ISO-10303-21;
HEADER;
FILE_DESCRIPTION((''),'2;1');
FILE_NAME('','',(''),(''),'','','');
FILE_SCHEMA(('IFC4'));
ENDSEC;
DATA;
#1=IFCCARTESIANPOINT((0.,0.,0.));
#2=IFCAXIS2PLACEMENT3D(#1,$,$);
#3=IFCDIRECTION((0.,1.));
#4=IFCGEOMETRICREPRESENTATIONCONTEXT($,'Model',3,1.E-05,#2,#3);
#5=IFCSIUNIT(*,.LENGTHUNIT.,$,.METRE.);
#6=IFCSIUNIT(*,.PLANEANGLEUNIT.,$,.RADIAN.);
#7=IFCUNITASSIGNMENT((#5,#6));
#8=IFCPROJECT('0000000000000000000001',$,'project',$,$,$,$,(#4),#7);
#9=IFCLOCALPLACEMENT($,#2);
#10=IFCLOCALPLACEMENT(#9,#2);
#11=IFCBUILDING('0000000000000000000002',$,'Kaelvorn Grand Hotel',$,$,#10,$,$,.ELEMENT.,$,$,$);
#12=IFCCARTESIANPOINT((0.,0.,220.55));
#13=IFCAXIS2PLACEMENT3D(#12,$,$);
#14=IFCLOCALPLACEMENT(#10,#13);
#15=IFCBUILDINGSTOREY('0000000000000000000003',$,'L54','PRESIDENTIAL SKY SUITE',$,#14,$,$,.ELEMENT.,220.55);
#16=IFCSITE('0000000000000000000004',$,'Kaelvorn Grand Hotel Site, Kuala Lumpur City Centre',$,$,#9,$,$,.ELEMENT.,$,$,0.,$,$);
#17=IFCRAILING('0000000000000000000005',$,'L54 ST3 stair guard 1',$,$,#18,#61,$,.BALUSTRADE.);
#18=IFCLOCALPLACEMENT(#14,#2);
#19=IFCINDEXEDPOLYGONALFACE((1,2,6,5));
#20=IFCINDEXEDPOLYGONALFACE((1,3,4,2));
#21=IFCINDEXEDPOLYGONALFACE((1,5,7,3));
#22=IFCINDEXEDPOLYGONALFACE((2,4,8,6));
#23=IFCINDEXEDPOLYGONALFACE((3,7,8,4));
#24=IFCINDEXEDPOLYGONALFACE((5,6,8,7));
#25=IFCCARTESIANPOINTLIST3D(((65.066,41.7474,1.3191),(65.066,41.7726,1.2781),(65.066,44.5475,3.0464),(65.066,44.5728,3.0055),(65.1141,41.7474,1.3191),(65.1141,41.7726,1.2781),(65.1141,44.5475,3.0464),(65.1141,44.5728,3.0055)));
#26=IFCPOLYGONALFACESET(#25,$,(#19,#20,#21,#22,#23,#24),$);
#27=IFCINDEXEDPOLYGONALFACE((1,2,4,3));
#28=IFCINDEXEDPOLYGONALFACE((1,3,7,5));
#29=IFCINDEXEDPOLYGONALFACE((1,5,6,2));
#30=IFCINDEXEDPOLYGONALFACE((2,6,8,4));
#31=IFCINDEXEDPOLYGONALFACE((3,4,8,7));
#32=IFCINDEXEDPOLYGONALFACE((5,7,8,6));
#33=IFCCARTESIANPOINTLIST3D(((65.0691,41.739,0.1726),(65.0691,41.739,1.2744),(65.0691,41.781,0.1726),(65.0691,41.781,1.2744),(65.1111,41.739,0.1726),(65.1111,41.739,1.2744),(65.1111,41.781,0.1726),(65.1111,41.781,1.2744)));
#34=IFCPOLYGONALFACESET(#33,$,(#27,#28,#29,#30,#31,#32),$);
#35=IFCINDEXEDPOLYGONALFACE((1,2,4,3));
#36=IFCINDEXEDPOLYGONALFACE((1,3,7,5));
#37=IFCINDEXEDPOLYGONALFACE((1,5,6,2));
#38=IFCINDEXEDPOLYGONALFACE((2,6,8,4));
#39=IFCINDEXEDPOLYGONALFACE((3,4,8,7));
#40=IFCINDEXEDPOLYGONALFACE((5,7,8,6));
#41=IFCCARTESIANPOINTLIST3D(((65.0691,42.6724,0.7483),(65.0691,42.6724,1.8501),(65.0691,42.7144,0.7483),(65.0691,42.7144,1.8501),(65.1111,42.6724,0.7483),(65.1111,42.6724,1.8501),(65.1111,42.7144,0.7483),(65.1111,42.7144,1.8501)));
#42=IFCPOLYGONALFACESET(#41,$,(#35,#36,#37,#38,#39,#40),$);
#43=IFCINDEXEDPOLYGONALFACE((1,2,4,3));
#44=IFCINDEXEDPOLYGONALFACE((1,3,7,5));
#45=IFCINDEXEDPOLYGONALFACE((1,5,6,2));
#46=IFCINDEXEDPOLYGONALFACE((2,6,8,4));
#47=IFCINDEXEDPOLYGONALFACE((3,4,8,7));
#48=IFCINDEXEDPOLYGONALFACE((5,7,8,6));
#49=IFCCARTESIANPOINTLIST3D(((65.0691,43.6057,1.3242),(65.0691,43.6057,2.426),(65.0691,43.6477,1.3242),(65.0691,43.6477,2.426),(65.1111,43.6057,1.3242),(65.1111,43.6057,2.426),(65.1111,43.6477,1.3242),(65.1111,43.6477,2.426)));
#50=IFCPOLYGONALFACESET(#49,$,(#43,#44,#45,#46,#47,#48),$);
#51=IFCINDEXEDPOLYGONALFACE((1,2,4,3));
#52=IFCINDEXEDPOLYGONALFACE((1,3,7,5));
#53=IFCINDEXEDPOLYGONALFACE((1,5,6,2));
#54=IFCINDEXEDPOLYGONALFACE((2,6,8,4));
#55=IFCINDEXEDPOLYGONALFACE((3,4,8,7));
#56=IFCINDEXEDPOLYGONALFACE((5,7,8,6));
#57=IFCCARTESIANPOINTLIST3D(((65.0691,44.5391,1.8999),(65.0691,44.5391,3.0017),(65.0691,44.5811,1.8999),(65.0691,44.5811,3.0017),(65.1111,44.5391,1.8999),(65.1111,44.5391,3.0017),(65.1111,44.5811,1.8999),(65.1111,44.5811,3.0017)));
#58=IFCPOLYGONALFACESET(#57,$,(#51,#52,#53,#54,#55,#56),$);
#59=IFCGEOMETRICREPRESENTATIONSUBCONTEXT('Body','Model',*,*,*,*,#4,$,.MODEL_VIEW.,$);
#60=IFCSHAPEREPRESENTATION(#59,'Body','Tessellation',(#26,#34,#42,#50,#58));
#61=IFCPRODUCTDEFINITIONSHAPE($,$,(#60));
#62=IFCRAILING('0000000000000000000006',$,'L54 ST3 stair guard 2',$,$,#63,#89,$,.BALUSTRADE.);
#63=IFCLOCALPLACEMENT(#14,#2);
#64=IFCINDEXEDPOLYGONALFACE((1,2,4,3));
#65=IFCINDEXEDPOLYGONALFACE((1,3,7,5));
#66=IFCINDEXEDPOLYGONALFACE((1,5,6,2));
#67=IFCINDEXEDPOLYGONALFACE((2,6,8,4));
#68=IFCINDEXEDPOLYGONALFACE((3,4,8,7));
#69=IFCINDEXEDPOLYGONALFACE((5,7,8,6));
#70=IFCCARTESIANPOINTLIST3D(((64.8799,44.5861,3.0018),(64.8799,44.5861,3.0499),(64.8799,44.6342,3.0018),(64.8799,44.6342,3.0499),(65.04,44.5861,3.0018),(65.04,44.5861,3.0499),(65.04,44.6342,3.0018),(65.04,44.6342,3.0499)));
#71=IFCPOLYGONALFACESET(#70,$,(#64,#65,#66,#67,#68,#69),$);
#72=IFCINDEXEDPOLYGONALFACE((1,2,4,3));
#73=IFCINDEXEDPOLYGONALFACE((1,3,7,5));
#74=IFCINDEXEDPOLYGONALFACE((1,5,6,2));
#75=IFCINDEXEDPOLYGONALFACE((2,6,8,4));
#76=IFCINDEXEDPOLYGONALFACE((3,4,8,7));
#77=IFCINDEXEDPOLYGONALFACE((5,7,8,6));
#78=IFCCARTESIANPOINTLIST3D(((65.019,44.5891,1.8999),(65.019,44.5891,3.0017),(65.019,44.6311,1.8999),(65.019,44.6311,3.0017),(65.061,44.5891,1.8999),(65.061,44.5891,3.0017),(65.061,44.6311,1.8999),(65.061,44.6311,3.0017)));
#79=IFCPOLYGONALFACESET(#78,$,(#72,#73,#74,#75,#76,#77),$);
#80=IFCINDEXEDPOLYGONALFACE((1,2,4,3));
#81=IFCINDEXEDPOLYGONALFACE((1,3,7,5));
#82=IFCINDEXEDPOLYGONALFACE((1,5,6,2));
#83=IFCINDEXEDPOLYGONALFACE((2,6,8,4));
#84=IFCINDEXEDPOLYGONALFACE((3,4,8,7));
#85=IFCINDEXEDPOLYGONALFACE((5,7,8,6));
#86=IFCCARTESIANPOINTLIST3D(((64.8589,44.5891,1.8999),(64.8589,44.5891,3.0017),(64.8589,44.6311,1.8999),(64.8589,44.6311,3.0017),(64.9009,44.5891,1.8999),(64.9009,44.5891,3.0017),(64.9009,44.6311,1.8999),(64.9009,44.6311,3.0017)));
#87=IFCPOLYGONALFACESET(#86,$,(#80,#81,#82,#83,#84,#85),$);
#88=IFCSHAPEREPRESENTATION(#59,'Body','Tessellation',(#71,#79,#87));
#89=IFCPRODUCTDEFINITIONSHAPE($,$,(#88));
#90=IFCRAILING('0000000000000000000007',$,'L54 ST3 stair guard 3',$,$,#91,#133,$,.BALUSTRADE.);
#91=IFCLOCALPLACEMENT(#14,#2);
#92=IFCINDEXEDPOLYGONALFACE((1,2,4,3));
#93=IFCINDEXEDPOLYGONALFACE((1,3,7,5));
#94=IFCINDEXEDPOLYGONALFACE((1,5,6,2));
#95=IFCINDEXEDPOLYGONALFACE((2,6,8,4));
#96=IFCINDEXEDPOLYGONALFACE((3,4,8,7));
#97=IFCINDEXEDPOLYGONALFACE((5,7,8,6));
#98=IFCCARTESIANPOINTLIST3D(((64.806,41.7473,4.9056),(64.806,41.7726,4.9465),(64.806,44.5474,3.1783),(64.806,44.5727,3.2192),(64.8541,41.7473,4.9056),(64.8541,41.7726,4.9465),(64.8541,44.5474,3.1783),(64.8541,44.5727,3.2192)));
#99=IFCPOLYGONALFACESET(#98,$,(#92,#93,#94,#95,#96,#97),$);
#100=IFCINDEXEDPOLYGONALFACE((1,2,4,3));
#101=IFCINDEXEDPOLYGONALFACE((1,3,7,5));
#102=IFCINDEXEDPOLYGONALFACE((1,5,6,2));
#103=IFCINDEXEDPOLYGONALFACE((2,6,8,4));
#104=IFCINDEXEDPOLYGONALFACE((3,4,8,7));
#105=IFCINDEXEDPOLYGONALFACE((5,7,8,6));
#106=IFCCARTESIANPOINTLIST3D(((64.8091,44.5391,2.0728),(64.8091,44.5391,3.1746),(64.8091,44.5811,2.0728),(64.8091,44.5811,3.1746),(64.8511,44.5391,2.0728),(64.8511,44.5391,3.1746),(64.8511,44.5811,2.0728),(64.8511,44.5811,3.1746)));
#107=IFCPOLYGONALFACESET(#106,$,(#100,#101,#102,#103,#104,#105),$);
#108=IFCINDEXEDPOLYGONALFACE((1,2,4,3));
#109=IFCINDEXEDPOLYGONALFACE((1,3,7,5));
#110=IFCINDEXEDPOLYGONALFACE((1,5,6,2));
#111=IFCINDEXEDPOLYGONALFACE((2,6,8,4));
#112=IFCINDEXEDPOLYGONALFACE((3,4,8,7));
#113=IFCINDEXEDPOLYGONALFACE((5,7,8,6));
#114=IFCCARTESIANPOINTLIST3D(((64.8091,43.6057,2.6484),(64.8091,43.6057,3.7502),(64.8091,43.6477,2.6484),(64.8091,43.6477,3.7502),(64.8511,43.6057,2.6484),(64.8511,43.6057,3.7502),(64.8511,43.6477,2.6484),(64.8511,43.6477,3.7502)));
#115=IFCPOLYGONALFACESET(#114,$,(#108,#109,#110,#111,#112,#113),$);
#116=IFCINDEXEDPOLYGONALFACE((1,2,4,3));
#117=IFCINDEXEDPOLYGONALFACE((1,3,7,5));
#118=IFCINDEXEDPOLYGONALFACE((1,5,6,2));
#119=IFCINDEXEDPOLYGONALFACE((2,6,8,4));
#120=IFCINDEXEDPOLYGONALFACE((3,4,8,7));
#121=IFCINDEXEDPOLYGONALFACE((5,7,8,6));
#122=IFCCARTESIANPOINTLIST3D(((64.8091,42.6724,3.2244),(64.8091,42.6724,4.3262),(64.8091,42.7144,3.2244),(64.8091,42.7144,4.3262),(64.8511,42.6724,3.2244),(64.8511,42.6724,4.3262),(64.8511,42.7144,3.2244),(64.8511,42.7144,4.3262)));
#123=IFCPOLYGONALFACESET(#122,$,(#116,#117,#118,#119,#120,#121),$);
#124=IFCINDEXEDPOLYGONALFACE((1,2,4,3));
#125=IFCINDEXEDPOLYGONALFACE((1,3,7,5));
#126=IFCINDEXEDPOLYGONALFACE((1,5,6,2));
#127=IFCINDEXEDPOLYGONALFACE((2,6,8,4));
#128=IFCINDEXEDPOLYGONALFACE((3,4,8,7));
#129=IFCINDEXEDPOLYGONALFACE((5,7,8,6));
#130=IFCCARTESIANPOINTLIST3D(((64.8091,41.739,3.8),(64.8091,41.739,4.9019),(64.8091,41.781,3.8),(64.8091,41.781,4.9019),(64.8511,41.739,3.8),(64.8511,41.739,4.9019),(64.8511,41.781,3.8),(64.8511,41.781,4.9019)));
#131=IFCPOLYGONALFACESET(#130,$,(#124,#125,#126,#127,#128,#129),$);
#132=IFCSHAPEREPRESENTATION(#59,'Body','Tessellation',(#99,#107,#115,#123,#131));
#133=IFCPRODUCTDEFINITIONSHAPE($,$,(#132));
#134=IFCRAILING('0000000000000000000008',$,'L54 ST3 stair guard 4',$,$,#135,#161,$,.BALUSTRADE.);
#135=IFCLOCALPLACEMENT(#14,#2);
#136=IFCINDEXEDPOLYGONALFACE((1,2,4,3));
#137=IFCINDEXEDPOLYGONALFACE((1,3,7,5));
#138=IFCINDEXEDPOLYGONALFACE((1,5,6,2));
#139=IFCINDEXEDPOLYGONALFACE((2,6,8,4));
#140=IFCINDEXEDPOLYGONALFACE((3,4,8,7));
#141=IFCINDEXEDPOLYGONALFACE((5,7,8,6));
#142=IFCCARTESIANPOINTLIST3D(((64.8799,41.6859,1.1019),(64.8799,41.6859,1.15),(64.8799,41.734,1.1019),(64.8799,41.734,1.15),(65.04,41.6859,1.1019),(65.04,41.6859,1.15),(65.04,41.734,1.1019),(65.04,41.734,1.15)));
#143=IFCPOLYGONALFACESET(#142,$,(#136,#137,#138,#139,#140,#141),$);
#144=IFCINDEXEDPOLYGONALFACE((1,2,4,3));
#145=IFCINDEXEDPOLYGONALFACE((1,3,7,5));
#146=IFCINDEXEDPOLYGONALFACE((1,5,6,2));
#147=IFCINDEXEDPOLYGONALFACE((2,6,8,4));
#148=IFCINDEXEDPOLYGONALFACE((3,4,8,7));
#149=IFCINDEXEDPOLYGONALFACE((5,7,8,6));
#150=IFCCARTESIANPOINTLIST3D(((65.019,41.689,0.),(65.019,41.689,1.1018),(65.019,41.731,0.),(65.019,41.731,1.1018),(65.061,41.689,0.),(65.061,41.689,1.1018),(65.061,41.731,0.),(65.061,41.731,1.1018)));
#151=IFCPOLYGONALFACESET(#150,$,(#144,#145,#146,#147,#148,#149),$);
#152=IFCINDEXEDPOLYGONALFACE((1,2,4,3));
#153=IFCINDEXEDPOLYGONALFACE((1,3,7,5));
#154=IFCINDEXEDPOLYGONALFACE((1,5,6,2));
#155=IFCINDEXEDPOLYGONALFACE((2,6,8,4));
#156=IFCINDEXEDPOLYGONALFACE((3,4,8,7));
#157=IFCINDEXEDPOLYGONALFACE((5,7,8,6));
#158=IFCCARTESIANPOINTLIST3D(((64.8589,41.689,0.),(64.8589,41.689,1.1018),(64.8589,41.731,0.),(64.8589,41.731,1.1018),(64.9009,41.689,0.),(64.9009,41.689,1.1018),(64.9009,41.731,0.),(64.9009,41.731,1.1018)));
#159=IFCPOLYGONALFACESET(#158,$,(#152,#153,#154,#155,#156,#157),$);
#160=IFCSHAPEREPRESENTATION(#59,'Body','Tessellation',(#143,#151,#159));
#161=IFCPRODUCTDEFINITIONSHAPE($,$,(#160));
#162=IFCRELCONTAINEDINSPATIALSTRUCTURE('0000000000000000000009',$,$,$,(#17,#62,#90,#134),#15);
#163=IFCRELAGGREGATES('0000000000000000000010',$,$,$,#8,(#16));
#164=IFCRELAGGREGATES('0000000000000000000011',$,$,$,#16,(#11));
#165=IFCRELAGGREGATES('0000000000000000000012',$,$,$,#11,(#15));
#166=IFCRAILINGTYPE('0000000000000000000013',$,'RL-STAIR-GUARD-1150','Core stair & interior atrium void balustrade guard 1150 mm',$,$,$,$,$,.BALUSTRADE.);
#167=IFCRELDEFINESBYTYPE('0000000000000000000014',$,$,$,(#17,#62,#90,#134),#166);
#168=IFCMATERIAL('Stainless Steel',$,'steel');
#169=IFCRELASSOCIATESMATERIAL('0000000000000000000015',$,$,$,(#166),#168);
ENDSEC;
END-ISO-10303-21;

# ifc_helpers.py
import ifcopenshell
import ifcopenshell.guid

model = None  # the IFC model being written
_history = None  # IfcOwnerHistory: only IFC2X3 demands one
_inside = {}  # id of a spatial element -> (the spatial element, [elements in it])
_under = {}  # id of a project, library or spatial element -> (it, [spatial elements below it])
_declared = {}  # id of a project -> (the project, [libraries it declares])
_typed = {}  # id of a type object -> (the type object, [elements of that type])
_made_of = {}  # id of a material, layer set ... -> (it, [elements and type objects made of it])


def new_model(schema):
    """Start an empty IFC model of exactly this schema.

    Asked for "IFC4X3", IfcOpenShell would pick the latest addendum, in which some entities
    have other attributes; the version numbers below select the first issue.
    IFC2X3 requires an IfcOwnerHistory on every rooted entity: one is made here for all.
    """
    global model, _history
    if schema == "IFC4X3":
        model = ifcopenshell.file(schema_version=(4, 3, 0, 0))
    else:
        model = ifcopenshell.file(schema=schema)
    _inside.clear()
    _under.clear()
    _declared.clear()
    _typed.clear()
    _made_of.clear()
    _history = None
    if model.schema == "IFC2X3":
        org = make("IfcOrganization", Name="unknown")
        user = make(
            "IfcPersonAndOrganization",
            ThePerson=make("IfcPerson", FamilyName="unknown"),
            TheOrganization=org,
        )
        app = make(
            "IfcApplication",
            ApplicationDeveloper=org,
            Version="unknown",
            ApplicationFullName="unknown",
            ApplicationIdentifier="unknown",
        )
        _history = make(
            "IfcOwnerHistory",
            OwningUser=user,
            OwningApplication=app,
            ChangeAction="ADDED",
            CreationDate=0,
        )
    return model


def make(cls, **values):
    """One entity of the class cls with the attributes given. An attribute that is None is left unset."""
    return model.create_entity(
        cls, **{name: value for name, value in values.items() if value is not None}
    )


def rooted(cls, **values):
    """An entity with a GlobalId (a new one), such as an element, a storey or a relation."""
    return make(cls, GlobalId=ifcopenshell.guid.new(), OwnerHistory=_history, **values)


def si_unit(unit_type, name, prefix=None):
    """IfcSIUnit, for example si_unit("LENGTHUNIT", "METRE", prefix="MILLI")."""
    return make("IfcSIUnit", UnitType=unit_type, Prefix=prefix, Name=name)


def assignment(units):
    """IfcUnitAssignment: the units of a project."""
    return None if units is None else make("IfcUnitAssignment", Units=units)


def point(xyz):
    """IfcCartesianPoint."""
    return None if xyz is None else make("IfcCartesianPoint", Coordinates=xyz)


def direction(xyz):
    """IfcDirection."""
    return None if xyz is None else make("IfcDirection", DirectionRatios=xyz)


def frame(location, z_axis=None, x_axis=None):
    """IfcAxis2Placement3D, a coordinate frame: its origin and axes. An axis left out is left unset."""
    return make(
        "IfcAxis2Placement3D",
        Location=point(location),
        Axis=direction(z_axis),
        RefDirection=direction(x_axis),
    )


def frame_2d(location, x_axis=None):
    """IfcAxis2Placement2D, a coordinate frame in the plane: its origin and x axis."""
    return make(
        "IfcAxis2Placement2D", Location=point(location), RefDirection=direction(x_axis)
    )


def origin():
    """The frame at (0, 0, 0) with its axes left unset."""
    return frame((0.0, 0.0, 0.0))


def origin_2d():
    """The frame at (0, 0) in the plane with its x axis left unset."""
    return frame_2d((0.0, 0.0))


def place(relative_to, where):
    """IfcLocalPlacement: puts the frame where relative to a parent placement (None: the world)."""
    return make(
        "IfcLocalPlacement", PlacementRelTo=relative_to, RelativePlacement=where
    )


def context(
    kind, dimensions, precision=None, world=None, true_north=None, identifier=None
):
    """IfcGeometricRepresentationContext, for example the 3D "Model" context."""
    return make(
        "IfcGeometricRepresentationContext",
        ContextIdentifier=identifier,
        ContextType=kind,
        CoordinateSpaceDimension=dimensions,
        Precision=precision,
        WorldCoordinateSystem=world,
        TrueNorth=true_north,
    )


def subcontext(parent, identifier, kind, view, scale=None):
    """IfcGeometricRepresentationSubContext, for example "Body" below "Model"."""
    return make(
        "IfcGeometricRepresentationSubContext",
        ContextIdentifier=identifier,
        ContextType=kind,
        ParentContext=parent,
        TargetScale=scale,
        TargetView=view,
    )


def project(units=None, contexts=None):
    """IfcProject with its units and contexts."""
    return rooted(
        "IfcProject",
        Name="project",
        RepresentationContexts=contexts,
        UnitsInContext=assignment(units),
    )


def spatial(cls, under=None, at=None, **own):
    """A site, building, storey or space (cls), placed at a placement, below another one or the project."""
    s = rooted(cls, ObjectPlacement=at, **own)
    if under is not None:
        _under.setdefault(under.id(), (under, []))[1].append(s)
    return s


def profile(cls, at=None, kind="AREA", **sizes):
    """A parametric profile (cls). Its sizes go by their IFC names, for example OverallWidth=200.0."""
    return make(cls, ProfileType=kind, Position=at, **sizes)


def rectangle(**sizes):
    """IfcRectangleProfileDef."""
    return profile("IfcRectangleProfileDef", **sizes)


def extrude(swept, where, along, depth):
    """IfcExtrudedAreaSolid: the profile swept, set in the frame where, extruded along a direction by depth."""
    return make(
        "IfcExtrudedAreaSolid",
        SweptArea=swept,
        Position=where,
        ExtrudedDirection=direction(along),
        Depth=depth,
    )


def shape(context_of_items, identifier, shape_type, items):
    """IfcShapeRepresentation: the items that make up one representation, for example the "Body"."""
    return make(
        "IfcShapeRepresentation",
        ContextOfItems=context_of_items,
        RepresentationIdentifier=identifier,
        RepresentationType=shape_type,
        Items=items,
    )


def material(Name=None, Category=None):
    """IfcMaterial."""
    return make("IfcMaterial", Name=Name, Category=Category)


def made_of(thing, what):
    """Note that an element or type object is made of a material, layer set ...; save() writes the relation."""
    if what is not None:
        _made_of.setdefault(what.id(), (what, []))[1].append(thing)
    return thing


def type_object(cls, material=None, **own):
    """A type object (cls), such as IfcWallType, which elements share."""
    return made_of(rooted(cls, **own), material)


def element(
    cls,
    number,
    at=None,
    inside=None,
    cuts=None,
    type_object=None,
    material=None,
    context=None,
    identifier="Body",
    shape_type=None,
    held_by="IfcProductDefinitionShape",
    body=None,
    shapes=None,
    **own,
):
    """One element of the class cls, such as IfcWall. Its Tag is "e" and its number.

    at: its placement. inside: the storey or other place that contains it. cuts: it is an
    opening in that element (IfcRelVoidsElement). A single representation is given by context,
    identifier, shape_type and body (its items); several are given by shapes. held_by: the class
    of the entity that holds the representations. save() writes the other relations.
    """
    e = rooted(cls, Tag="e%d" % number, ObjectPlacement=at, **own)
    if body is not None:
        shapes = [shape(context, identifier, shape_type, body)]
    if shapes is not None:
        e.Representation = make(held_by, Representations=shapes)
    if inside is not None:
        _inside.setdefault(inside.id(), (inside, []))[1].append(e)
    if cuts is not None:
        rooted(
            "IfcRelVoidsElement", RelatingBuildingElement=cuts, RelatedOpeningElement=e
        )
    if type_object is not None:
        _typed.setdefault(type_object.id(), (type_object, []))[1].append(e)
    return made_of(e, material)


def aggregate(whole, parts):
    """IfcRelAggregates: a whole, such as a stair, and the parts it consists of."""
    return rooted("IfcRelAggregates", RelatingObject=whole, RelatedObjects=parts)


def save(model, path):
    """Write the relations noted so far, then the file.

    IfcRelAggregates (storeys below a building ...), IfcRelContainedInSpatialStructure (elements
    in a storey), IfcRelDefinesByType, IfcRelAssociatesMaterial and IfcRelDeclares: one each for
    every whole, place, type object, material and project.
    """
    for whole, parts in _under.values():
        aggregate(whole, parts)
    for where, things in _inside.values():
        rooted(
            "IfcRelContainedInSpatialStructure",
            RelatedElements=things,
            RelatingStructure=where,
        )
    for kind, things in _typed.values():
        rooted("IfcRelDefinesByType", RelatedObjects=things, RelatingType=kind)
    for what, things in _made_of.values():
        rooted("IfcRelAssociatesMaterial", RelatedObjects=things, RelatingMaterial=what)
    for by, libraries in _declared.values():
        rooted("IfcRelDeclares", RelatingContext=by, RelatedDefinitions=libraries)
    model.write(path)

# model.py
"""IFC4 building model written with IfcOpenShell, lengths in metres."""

from ifc_helpers import new_model, si_unit, direction, frame, origin, origin_2d, place, context, subcontext, project, spatial, rectangle, extrude, material, type_object, element, save


model = new_model("IFC4")

# Units and contexts
model_context = context("Model", 3, precision=1e-05, world=origin(), true_north=direction((0.0, 1.0)))
body_context = subcontext(model_context, "Body", "Model", "MODEL_VIEW")
ifc_project = project(units=[si_unit("LENGTHUNIT", "METRE"), si_unit("PLANEANGLEUNIT", "RADIAN")], contexts=[model_context])

# Site, building, storey
site_placement = place(None, origin())
site = spatial("IfcSite", under=ifc_project, at=site_placement, Name="Kaelvorn Grand Hotel Site, Kuala Lumpur City Centre", CompositionType="ELEMENT", RefElevation=0.0)
building_placement = place(site_placement, origin())
building = spatial("IfcBuilding", under=site, at=building_placement, Name="Kaelvorn Grand Hotel", CompositionType="ELEMENT")
storey_placement = place(building_placement, frame((0.0, 0.0, 220.55)))
storey = spatial("IfcBuildingStorey", under=building, at=storey_placement, Name="L54", Description="PRESIDENTIAL SKY SUITE", CompositionType="ELEMENT", Elevation=220.55)

# Shared definitions
ifc_material_1 = material(Name="Stainless Steel", Category="steel")

# Railings
railing_type_1 = type_object("IfcRailingType", Name="RL-STAIR-GUARD-1150", Description="Core stair & interior atrium void balustrade guard 1150 mm", PredefinedType="BALUSTRADE", material=ifc_material_1)
railing_1_placement = place(storey_placement, frame((65.0901, 41.76, 0.1726)))
element("IfcRailing", 1, at=railing_1_placement, inside=storey, type_object=railing_type_1, Name="L54 ST3 stair guard 1", PredefinedType="BALUSTRADE", context=body_context, shape_type="SweptSolid", body=[
    extrude(rectangle(XDim=0.0481, YDim=0.0481, at=origin_2d()), frame((0.0, 0.0, 1.126), z_axis=(0.0, 0.85109, 0.52502), x_axis=(-1.0, 0.0, 0.0)), (0.0, 0.0, 1.0), 3.29),
    extrude(rectangle(XDim=0.042, YDim=0.042, at=origin_2d()), origin(), (0.0, 0.0, 1.0), 1.1018),
    extrude(rectangle(XDim=0.042, YDim=0.042, at=origin_2d()), frame((0.0, 0.9333, 0.5757)), (0.0, 0.0, 1.0), 1.1018),
    extrude(rectangle(XDim=0.042, YDim=0.042, at=origin_2d()), frame((0.0, 1.8667, 1.1516)), (0.0, 0.0, 1.0), 1.1018),
    extrude(rectangle(XDim=0.042, YDim=0.042, at=origin_2d()), frame((0.0, 2.8, 1.7273)), (0.0, 0.0, 1.0), 1.1018),
])
railing_2_placement = place(storey_placement, frame((65.04, 44.6101, 1.8999)))
element("IfcRailing", 2, at=railing_2_placement, inside=storey, type_object=railing_type_1, Name="L54 ST3 stair guard 2", PredefinedType="BALUSTRADE", context=body_context, shape_type="SweptSolid", body=[
    extrude(rectangle(XDim=0.0481, YDim=0.0481, at=origin_2d()), frame((0.0, 0.0, 1.126), z_axis=(-1.0, 0.0, 0.0), x_axis=(0.0, -1.0, 0.0)), (0.0, 0.0, 1.0), 0.1602),
    extrude(rectangle(XDim=0.042, YDim=0.042, at=origin_2d()), origin(), (0.0, 0.0, 1.0), 1.1018),
    extrude(rectangle(XDim=0.042, YDim=0.042, at=origin_2d()), frame((-0.1602, 0.0, 0.0)), (0.0, 0.0, 1.0), 1.1018),
])
railing_3_placement = place(storey_placement, frame((64.8301, 44.5601, 2.0728)))
element("IfcRailing", 3, at=railing_3_placement, inside=storey, type_object=railing_type_1, Name="L54 ST3 stair guard 3", PredefinedType="BALUSTRADE", context=body_context, shape_type="SweptSolid", body=[
    extrude(rectangle(XDim=0.0481, YDim=0.0481, at=origin_2d()), frame((0.0, 0.0, 1.126), z_axis=(0.0, -0.85109, 0.52502), x_axis=(1.0, 0.0, 0.0)), (0.0, 0.0, 1.0), 3.29),
    extrude(rectangle(XDim=0.042, YDim=0.042, at=origin_2d()), origin(), (0.0, 0.0, 1.0), 1.1018),
    extrude(rectangle(XDim=0.042, YDim=0.042, at=origin_2d()), frame((0.0, -0.9333, 0.5757)), (0.0, 0.0, 1.0), 1.1018),
    extrude(rectangle(XDim=0.042, YDim=0.042, at=origin_2d()), frame((0.0, -1.8667, 1.1516)), (0.0, 0.0, 1.0), 1.1018),
    extrude(rectangle(XDim=0.042, YDim=0.042, at=origin_2d()), frame((0.0, -2.8, 1.7273)), (0.0, 0.0, 1.0), 1.1018),
])
railing_4_placement = place(storey_placement, frame((65.04, 41.71, 0.0)))
element("IfcRailing", 4, at=railing_4_placement, inside=storey, type_object=railing_type_1, Name="L54 ST3 stair guard 4", PredefinedType="BALUSTRADE", context=body_context, shape_type="SweptSolid", body=[
    extrude(rectangle(XDim=0.0481, YDim=0.0481, at=origin_2d()), frame((0.0, 0.0, 1.126), z_axis=(-1.0, 0.0, 0.0), x_axis=(0.0, -1.0, 0.0)), (0.0, 0.0, 1.0), 0.1602),
    extrude(rectangle(XDim=0.042, YDim=0.042, at=origin_2d()), origin(), (0.0, 0.0, 1.0), 1.1018),
    extrude(rectangle(XDim=0.042, YDim=0.042, at=origin_2d()), frame((-0.1602, 0.0, 0.0)), (0.0, 0.0, 1.0), 1.1018),
])

save(model, "model.ifc")
